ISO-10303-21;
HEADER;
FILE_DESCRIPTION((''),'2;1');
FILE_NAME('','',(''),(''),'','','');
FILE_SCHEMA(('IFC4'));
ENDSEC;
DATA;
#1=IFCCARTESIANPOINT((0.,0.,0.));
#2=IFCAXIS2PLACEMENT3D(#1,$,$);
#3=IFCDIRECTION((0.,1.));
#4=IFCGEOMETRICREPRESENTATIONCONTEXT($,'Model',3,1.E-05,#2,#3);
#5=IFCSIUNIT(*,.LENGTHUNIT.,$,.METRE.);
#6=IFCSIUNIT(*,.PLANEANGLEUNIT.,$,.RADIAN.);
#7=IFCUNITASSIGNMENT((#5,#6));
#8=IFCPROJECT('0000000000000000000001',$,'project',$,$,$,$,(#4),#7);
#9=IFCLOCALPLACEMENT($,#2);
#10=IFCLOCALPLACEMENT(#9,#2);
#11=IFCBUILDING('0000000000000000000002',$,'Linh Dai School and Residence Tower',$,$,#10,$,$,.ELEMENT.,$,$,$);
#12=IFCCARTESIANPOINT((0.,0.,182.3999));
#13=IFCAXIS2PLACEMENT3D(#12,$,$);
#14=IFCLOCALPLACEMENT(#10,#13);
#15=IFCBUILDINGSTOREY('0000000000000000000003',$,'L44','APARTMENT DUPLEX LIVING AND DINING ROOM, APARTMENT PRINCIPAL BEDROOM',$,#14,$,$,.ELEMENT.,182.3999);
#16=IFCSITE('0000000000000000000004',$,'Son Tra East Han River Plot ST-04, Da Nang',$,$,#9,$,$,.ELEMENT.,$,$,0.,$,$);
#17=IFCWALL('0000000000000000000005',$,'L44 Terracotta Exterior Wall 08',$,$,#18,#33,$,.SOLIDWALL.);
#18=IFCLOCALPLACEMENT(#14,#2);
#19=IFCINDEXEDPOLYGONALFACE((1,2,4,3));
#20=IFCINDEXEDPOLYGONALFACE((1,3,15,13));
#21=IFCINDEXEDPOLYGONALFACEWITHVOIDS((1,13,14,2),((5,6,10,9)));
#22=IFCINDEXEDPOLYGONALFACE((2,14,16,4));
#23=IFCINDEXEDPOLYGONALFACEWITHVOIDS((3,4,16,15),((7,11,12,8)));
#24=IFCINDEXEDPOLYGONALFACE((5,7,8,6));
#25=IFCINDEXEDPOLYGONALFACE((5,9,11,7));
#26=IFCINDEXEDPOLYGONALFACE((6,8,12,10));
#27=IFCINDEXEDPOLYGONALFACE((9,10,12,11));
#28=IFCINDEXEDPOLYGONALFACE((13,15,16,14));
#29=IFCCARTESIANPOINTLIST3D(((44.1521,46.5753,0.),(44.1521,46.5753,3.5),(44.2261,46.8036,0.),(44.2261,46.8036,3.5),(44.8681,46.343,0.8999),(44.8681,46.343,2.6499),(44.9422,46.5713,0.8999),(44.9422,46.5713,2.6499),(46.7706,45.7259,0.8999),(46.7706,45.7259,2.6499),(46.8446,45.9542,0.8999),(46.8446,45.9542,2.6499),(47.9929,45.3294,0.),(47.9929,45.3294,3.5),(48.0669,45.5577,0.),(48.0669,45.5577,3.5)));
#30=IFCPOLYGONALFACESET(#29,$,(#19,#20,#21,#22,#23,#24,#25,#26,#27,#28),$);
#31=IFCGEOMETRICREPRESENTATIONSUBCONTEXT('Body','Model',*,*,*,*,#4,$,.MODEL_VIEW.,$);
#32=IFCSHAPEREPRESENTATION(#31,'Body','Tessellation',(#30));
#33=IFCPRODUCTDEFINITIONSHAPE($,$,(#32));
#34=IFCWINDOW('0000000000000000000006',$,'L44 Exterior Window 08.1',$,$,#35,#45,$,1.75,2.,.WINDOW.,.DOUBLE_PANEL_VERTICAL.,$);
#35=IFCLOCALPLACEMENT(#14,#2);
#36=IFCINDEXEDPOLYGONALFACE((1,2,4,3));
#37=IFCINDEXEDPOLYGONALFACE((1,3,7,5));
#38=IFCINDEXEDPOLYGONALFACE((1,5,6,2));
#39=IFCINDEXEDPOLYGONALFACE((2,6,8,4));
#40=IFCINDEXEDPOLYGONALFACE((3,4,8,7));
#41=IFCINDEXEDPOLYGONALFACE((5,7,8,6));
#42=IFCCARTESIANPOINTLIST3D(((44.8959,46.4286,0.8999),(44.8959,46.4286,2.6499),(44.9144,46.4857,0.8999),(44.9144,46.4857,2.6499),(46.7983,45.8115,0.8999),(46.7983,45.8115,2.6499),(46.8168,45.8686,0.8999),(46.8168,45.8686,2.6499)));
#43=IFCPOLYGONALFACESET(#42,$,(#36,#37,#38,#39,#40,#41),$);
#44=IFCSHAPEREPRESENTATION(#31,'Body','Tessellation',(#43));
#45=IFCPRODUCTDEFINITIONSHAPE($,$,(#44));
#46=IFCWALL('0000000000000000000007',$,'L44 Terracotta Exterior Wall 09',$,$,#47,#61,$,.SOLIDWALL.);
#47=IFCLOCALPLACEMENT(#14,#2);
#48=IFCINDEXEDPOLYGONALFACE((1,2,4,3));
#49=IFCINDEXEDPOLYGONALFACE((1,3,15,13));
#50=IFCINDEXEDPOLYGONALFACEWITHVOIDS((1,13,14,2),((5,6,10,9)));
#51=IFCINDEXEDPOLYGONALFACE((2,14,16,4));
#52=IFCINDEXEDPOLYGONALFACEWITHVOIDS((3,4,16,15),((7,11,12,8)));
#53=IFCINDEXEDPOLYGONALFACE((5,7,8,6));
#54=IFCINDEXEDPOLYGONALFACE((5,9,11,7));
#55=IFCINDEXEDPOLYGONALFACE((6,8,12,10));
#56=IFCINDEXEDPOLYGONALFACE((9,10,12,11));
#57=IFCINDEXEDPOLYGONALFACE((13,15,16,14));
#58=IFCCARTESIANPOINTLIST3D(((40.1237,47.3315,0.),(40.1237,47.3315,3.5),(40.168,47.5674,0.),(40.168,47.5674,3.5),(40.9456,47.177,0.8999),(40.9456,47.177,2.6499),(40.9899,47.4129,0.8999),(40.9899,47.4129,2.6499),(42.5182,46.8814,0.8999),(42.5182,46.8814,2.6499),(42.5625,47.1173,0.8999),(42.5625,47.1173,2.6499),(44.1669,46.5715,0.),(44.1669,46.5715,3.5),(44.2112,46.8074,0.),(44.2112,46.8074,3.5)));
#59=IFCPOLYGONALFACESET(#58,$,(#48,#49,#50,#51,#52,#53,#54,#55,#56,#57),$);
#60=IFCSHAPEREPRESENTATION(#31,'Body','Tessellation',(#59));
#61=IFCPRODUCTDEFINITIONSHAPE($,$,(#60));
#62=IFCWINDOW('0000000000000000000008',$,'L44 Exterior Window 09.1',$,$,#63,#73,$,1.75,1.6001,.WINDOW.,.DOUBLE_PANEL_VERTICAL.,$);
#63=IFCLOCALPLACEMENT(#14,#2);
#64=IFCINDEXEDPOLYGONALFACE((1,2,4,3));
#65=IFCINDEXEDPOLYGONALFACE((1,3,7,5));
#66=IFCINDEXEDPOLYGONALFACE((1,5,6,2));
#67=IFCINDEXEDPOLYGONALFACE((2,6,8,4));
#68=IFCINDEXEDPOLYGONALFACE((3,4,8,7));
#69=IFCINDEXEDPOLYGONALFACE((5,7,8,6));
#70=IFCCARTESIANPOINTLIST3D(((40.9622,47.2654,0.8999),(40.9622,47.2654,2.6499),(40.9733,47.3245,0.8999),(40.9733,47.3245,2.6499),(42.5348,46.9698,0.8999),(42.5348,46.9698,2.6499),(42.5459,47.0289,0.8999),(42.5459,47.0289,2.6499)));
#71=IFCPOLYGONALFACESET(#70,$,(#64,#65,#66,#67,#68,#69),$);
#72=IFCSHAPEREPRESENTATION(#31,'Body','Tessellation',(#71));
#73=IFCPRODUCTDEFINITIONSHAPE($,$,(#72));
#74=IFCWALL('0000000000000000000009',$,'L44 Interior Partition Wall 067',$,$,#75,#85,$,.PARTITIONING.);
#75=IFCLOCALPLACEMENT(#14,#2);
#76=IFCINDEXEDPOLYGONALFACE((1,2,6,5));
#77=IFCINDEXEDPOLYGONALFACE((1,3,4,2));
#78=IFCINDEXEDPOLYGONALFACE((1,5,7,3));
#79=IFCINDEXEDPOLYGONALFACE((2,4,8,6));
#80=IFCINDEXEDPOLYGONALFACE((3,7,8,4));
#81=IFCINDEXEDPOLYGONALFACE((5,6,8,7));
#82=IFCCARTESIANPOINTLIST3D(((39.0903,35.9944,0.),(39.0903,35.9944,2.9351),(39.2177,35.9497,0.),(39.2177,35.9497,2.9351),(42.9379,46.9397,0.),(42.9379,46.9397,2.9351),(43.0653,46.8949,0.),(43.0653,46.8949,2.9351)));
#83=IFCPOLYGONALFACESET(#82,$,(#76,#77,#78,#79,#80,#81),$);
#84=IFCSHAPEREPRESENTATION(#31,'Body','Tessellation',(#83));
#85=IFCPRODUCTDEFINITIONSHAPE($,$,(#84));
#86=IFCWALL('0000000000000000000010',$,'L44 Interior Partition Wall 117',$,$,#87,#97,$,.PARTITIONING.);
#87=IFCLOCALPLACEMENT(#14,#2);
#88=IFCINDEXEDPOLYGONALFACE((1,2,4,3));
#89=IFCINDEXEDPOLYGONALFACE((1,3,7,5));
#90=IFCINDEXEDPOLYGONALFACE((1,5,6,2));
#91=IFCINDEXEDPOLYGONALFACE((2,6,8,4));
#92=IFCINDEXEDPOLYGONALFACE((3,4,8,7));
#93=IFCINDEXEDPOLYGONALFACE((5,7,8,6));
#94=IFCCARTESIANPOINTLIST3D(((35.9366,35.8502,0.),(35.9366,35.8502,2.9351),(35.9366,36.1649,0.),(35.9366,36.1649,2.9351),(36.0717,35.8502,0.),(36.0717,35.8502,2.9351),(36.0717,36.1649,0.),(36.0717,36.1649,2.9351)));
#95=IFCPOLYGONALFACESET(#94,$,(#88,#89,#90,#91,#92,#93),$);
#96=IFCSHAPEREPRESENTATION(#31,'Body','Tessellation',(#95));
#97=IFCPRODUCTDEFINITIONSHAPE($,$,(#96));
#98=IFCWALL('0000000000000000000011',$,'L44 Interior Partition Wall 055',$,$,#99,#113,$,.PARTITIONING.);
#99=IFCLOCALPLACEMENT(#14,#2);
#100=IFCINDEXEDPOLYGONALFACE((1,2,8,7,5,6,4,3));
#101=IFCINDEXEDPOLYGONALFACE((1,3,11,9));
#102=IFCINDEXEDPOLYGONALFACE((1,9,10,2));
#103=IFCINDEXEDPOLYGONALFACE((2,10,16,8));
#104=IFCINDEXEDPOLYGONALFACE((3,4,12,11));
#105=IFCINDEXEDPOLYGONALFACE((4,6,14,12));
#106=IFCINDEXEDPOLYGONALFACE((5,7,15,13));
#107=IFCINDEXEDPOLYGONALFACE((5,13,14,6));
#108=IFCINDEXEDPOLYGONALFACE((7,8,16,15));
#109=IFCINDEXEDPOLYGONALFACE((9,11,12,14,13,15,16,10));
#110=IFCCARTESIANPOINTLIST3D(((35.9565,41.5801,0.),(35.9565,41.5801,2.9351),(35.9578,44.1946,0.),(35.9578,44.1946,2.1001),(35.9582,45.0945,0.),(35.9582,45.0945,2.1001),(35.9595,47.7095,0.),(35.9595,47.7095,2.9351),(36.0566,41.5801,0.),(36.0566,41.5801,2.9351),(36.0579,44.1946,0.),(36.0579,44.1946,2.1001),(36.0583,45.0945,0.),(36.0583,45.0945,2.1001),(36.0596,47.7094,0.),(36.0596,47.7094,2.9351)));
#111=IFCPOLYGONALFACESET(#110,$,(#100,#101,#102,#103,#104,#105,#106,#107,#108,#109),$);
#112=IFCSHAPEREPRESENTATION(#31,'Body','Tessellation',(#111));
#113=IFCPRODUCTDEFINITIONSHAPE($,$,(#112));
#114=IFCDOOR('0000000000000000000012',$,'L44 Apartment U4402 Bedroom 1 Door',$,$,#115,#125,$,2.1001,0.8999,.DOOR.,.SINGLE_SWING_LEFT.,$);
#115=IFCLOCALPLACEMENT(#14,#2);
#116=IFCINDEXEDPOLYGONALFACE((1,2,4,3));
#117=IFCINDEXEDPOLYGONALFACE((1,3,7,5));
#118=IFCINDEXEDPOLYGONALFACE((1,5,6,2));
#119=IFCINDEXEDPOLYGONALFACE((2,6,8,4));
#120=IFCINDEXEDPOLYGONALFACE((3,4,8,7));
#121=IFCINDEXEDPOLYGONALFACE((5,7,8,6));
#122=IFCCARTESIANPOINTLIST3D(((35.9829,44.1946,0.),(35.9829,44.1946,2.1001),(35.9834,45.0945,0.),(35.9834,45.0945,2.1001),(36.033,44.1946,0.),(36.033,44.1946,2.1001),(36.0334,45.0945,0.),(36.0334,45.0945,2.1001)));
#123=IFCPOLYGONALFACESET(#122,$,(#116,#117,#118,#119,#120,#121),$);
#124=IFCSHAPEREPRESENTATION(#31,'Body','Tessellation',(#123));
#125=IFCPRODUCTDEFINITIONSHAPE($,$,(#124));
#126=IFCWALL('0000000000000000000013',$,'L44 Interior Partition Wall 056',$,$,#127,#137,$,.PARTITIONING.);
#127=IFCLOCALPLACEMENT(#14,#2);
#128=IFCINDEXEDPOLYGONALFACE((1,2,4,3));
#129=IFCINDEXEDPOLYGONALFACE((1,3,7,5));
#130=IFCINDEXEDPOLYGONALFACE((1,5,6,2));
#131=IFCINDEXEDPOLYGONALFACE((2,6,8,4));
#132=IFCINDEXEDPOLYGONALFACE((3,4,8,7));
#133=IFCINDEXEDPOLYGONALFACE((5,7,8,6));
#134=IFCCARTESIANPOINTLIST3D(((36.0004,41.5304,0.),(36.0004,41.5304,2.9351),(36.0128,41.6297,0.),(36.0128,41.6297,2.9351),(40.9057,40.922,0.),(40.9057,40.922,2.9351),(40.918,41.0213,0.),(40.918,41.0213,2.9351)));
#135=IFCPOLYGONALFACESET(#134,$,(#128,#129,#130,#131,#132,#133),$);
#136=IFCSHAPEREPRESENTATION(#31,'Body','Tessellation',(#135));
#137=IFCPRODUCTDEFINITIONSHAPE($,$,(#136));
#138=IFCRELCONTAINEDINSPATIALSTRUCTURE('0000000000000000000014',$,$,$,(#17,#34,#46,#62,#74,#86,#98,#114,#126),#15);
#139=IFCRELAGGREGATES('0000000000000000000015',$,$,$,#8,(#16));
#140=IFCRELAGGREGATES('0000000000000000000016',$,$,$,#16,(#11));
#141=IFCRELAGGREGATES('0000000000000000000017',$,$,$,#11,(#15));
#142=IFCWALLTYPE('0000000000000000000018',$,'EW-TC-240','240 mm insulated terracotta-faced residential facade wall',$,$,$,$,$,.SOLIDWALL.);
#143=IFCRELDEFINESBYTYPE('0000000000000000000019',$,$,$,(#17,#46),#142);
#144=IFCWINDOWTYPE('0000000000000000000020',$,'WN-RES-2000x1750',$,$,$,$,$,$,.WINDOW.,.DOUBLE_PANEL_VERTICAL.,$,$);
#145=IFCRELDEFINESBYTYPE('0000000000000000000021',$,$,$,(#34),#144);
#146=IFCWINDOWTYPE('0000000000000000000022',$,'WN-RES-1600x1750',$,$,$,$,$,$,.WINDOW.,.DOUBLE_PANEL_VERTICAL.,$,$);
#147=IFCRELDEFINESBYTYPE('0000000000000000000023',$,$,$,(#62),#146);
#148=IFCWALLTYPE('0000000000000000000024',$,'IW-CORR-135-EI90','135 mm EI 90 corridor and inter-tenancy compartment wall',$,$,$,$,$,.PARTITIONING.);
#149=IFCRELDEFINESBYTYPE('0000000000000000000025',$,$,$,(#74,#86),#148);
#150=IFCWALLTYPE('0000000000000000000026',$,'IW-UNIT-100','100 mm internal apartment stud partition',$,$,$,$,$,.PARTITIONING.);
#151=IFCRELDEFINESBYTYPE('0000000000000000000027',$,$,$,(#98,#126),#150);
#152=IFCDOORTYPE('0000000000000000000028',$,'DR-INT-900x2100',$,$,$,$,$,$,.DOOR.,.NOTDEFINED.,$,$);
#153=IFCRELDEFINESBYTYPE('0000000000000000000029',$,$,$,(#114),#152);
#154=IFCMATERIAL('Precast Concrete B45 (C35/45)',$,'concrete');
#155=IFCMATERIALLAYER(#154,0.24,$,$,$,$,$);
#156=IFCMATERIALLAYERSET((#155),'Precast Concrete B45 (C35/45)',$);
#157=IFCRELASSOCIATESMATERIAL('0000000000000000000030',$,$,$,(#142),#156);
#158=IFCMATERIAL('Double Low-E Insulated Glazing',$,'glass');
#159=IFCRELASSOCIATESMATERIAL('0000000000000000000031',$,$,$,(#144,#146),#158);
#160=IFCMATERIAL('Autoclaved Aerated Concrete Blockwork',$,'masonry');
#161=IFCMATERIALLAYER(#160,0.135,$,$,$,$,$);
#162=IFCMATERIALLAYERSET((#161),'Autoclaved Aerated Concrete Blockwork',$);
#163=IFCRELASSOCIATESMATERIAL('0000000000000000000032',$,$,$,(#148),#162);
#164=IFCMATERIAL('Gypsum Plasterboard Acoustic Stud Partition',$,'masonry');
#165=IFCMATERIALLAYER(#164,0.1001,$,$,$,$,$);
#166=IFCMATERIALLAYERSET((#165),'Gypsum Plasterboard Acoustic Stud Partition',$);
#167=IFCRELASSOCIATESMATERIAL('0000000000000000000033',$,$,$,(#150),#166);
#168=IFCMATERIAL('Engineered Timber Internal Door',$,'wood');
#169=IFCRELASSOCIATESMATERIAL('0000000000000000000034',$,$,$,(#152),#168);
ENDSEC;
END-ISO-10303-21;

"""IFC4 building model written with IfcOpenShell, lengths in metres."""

from ifc_helpers import new_model, si_unit, direction, frame, frame_2d, origin, origin_2d, place, context, subcontext, project, spatial, rectangle, extrude, source, transform, mapped, material, layer, layer_set, type_object, element, fill, save


model = new_model("IFC4")

# Units and contexts
model_context = context("Model", 3, precision=1e-05, world=origin(), true_north=direction((0.0, 1.0)))
body_context = subcontext(model_context, "Body", "Model", "MODEL_VIEW")
ifc_project = project(units=[si_unit("LENGTHUNIT", "METRE"), si_unit("PLANEANGLEUNIT", "RADIAN")], contexts=[model_context])

# Site, building, storey
site_placement = place(None, origin())
site = spatial("IfcSite", under=ifc_project, at=site_placement, Name="Son Tra East Han River Plot ST-04, Da Nang", CompositionType="ELEMENT", RefElevation=0.0)
building_placement = place(site_placement, origin())
building = spatial("IfcBuilding", under=site, at=building_placement, Name="Linh Dai School and Residence Tower", CompositionType="ELEMENT")
storey_placement = place(building_placement, frame((0.0, 0.0, 182.3999)))
storey = spatial("IfcBuildingStorey", under=building, at=storey_placement, Name="L44", Description="APARTMENT DUPLEX LIVING AND DINING ROOM, APARTMENT PRINCIPAL BEDROOM", CompositionType="ELEMENT", Elevation=182.3999)

# Shared definitions
ifc_material_1 = material(Name="Precast Concrete B45 (C35/45)", Category="concrete")
ifc_material_2 = material(Name="Double Low-E Insulated Glazing", Category="glass")

# Walls, openings, windows
ifc_layer_1 = layer(ifc_material_1, 0.24)
ifc_layer_set_1 = layer_set([ifc_layer_1], Name="Precast Concrete B45 (C35/45)")
wall_type_1 = type_object("IfcWallType", Name="EW-TC-240", Description="240 mm insulated terracotta-faced residential facade wall", PredefinedType="SOLIDWALL", material=ifc_layer_set_1)
wall_1_placement = place(storey_placement, frame((44.189, 46.6895, 0.0), z_axis=(0.0, 0.0, 1.0), x_axis=(0.95121, -0.308545, 0.0)))
wall_1 = element("IfcWall", 1, at=wall_1_placement, inside=storey, type_object=wall_type_1, Name="L44 Terracotta Exterior Wall 08", PredefinedType="SOLIDWALL", context=body_context, shape_type="SweptSolid", body=[
    extrude(rectangle(XDim=4.0378, YDim=0.24, at=frame_2d((2.019, 0.0))), origin(), (0.0, 0.0, 1.0), 3.5),
])
opening_1_placement = place(wall_1_placement, frame((0.7529, 0.0, 0.8999)))
opening_1 = element("IfcOpeningElement", 2, at=opening_1_placement, cuts=wall_1, PredefinedType="OPENING", context=body_context, shape_type="SweptSolid", body=[
    extrude(rectangle(XDim=2.0, YDim=1.75, at=origin_2d()), frame((1.0, 0.1299, 0.875), z_axis=(0.0, -1.0, 0.0), x_axis=(1.0, 0.0, 0.0)), (0.0, 0.0, 1.0), 0.26),
])
window_type_1 = type_object("IfcWindowType", Name="WN-RES-2000x1750", PartitioningType="DOUBLE_PANEL_VERTICAL", PredefinedType="WINDOW", material=ifc_material_2)
shared_shape_1 = source(origin(), body_context, "Body", "SweptSolid", [
    extrude(rectangle(XDim=2.0, YDim=1.75, at=origin_2d()), frame((1.0, 0.03, 0.875), z_axis=(0.0, -1.0, 0.0), x_axis=(1.0, 0.0, 0.0)), (0.0, 0.0, 1.0), 0.0601),
])
window_1_placement = place(opening_1_placement, origin())
window_1 = element("IfcWindow", 3, at=window_1_placement, inside=storey, type_object=window_type_1, Name="L44 Exterior Window 08.1", OverallHeight=1.75, OverallWidth=2.0, PartitioningType="DOUBLE_PANEL_VERTICAL", PredefinedType="WINDOW", context=body_context, shape_type="MappedRepresentation", body=[
    mapped(shared_shape_1, transform((0.0, 0.0, 0.0), x_axis=(1.0, 0.0, 0.0), y_axis=(0.0, 1.0, 0.0), z_axis=(0.0, 0.0, 1.0), scale=1.0)),
])
fill(opening_1, window_1)
wall_2_placement = place(storey_placement, frame((40.1458, 47.4495, 0.0), z_axis=(0.0, 0.0, 1.0), x_axis=(0.982788, -0.184736, 0.0)))
wall_2 = element("IfcWall", 4, at=wall_2_placement, inside=storey, type_object=wall_type_1, Name="L44 Terracotta Exterior Wall 09", PredefinedType="SOLIDWALL", context=body_context, shape_type="SweptSolid", body=[
    extrude(rectangle(XDim=4.114, YDim=0.24, at=frame_2d((2.0571, 0.0))), origin(), (0.0, 0.0, 1.0), 3.5),
])
opening_2_placement = place(wall_2_placement, frame((0.8364, 0.0, 0.8999)))
opening_2 = element("IfcOpeningElement", 5, at=opening_2_placement, cuts=wall_2, PredefinedType="OPENING", context=body_context, shape_type="SweptSolid", body=[
    extrude(rectangle(XDim=1.6001, YDim=1.75, at=origin_2d()), frame((0.8, 0.1299, 0.875), z_axis=(0.0, -1.0, 0.0), x_axis=(1.0, 0.0, 0.0)), (0.0, 0.0, 1.0), 0.26),
])
window_type_2 = type_object("IfcWindowType", Name="WN-RES-1600x1750", PartitioningType="DOUBLE_PANEL_VERTICAL", PredefinedType="WINDOW", material=ifc_material_2)
shared_shape_2 = source(origin(), body_context, "Body", "SweptSolid", [
    extrude(rectangle(XDim=1.6001, YDim=1.75, at=origin_2d()), frame((0.8, 0.03, 0.875), z_axis=(0.0, -1.0, 0.0), x_axis=(1.0, 0.0, 0.0)), (0.0, 0.0, 1.0), 0.0601),
])
window_2_placement = place(opening_2_placement, origin())
window_2 = element("IfcWindow", 6, at=window_2_placement, inside=storey, type_object=window_type_2, Name="L44 Exterior Window 09.1", OverallHeight=1.75, OverallWidth=1.6001, PartitioningType="DOUBLE_PANEL_VERTICAL", PredefinedType="WINDOW", context=body_context, shape_type="MappedRepresentation", body=[
    mapped(shared_shape_2, transform((0.0, 0.0, 0.0), x_axis=(1.0, 0.0, 0.0), y_axis=(0.0, 1.0, 0.0), z_axis=(0.0, 0.0, 1.0), scale=1.0)),
])
fill(opening_2, window_2)

# Walls
ifc_material_3 = material(Name="Autoclaved Aerated Concrete Blockwork", Category="masonry")
ifc_layer_2 = layer(ifc_material_3, 0.135)
ifc_layer_set_2 = layer_set([ifc_layer_2], Name="Autoclaved Aerated Concrete Blockwork")
wall_type_2 = type_object("IfcWallType", Name="IW-CORR-135-EI90", Description="135 mm EI 90 corridor and inter-tenancy compartment wall", PredefinedType="PARTITIONING", material=ifc_layer_set_2)
wall_3_placement = place(storey_placement, frame((39.1541, 35.9722, 0.0), z_axis=(0.0, 0.0, 1.0), x_axis=(0.33164, 0.943406, 0.0)))
element("IfcWall", 7, at=wall_3_placement, inside=storey, type_object=wall_type_2, Name="L44 Interior Partition Wall 067", PredefinedType="PARTITIONING", context=body_context, shape_type="SweptSolid", body=[
    extrude(rectangle(XDim=11.6018, YDim=0.135, at=frame_2d((5.8008, 0.0))), origin(), (0.0, 0.0, 1.0), 2.9351),
])
wall_4_placement = place(storey_placement, frame((36.0042, 36.1648, 0.0), z_axis=(0.0, 0.0, 1.0), x_axis=(0.0, -1.0, 0.0)))
element("IfcWall", 8, at=wall_4_placement, inside=storey, type_object=wall_type_2, Name="L44 Interior Partition Wall 117", PredefinedType="PARTITIONING", context=body_context, shape_type="SweptSolid", body=[
    extrude(rectangle(XDim=0.3147, YDim=0.135, at=frame_2d((0.1572, 0.0))), origin(), (0.0, 0.0, 1.0), 2.9351),
])

# Wall, opening, door
ifc_material_4 = material(Name="Gypsum Plasterboard Acoustic Stud Partition", Category="masonry")
ifc_layer_3 = layer(ifc_material_4, 0.1001)
ifc_layer_set_3 = layer_set([ifc_layer_3], Name="Gypsum Plasterboard Acoustic Stud Partition")
wall_type_3 = type_object("IfcWallType", Name="IW-UNIT-100", Description="100 mm internal apartment stud partition", PredefinedType="PARTITIONING", material=ifc_layer_set_3)
wall_5_placement = place(storey_placement, frame((36.0066, 41.5801, 0.0), z_axis=(0.0, 0.0, 1.0), x_axis=(0.000478, 1.0, 0.0)))
wall_5 = element("IfcWall", 9, at=wall_5_placement, inside=storey, type_object=wall_type_3, Name="L44 Interior Partition Wall 055", PredefinedType="PARTITIONING", context=body_context, shape_type="SweptSolid", body=[
    extrude(rectangle(XDim=6.1294, YDim=0.1001, at=frame_2d((3.0647, 0.0))), origin(), (0.0, 0.0, 1.0), 2.9351),
])
opening_3_placement = place(wall_5_placement, frame((2.6145, 0.0, 0.0)))
opening_3 = element("IfcOpeningElement", 10, at=opening_3_placement, cuts=wall_5, PredefinedType="OPENING", context=body_context, shape_type="SweptSolid", body=[
    extrude(rectangle(XDim=0.8999, YDim=2.1001, at=origin_2d()), frame((0.45, 0.0601, 1.05), z_axis=(0.0, -1.0, 0.0), x_axis=(1.0, 0.0, 0.0)), (0.0, 0.0, 1.0), 0.1201),
])
ifc_material_5 = material(Name="Engineered Timber Internal Door", Category="wood")
door_type_1 = type_object("IfcDoorType", Name="DR-INT-900x2100", OperationType="NOTDEFINED", PredefinedType="DOOR", material=ifc_material_5)
shared_shape_3 = source(origin(), body_context, "Body", "SweptSolid", [
    extrude(rectangle(XDim=0.8999, YDim=2.1001, at=origin_2d()), frame((0.45, 0.0249, 1.05), z_axis=(0.0, -1.0, 0.0), x_axis=(1.0, 0.0, 0.0)), (0.0, 0.0, 1.0), 0.05),
])
door_1_placement = place(opening_3_placement, origin())
door_1 = element("IfcDoor", 11, at=door_1_placement, inside=storey, type_object=door_type_1, Name="L44 Apartment U4402 Bedroom 1 Door", OperationType="SINGLE_SWING_LEFT", OverallHeight=2.1001, OverallWidth=0.8999, PredefinedType="DOOR", context=body_context, shape_type="MappedRepresentation", body=[
    mapped(shared_shape_3, transform((0.0, 0.0, 0.0), x_axis=(1.0, 0.0, 0.0), y_axis=(0.0, 1.0, 0.0), z_axis=(0.0, 0.0, 1.0), scale=1.0)),
])
fill(opening_3, door_1)

# Wall
wall_6_placement = place(storey_placement, frame((36.0066, 41.5801, 0.0), z_axis=(0.0, 0.0, 1.0), x_axis=(0.992396, -0.123086, 0.0)))
element("IfcWall", 12, at=wall_6_placement, inside=storey, type_object=wall_type_3, Name="L44 Interior Partition Wall 056", PredefinedType="PARTITIONING", context=body_context, shape_type="SweptSolid", body=[
    extrude(rectangle(XDim=4.9429, YDim=0.1001, at=frame_2d((2.4714, 0.0))), origin(), (0.0, 0.0, 1.0), 2.9351),
])

save(model, "model.ifc")
